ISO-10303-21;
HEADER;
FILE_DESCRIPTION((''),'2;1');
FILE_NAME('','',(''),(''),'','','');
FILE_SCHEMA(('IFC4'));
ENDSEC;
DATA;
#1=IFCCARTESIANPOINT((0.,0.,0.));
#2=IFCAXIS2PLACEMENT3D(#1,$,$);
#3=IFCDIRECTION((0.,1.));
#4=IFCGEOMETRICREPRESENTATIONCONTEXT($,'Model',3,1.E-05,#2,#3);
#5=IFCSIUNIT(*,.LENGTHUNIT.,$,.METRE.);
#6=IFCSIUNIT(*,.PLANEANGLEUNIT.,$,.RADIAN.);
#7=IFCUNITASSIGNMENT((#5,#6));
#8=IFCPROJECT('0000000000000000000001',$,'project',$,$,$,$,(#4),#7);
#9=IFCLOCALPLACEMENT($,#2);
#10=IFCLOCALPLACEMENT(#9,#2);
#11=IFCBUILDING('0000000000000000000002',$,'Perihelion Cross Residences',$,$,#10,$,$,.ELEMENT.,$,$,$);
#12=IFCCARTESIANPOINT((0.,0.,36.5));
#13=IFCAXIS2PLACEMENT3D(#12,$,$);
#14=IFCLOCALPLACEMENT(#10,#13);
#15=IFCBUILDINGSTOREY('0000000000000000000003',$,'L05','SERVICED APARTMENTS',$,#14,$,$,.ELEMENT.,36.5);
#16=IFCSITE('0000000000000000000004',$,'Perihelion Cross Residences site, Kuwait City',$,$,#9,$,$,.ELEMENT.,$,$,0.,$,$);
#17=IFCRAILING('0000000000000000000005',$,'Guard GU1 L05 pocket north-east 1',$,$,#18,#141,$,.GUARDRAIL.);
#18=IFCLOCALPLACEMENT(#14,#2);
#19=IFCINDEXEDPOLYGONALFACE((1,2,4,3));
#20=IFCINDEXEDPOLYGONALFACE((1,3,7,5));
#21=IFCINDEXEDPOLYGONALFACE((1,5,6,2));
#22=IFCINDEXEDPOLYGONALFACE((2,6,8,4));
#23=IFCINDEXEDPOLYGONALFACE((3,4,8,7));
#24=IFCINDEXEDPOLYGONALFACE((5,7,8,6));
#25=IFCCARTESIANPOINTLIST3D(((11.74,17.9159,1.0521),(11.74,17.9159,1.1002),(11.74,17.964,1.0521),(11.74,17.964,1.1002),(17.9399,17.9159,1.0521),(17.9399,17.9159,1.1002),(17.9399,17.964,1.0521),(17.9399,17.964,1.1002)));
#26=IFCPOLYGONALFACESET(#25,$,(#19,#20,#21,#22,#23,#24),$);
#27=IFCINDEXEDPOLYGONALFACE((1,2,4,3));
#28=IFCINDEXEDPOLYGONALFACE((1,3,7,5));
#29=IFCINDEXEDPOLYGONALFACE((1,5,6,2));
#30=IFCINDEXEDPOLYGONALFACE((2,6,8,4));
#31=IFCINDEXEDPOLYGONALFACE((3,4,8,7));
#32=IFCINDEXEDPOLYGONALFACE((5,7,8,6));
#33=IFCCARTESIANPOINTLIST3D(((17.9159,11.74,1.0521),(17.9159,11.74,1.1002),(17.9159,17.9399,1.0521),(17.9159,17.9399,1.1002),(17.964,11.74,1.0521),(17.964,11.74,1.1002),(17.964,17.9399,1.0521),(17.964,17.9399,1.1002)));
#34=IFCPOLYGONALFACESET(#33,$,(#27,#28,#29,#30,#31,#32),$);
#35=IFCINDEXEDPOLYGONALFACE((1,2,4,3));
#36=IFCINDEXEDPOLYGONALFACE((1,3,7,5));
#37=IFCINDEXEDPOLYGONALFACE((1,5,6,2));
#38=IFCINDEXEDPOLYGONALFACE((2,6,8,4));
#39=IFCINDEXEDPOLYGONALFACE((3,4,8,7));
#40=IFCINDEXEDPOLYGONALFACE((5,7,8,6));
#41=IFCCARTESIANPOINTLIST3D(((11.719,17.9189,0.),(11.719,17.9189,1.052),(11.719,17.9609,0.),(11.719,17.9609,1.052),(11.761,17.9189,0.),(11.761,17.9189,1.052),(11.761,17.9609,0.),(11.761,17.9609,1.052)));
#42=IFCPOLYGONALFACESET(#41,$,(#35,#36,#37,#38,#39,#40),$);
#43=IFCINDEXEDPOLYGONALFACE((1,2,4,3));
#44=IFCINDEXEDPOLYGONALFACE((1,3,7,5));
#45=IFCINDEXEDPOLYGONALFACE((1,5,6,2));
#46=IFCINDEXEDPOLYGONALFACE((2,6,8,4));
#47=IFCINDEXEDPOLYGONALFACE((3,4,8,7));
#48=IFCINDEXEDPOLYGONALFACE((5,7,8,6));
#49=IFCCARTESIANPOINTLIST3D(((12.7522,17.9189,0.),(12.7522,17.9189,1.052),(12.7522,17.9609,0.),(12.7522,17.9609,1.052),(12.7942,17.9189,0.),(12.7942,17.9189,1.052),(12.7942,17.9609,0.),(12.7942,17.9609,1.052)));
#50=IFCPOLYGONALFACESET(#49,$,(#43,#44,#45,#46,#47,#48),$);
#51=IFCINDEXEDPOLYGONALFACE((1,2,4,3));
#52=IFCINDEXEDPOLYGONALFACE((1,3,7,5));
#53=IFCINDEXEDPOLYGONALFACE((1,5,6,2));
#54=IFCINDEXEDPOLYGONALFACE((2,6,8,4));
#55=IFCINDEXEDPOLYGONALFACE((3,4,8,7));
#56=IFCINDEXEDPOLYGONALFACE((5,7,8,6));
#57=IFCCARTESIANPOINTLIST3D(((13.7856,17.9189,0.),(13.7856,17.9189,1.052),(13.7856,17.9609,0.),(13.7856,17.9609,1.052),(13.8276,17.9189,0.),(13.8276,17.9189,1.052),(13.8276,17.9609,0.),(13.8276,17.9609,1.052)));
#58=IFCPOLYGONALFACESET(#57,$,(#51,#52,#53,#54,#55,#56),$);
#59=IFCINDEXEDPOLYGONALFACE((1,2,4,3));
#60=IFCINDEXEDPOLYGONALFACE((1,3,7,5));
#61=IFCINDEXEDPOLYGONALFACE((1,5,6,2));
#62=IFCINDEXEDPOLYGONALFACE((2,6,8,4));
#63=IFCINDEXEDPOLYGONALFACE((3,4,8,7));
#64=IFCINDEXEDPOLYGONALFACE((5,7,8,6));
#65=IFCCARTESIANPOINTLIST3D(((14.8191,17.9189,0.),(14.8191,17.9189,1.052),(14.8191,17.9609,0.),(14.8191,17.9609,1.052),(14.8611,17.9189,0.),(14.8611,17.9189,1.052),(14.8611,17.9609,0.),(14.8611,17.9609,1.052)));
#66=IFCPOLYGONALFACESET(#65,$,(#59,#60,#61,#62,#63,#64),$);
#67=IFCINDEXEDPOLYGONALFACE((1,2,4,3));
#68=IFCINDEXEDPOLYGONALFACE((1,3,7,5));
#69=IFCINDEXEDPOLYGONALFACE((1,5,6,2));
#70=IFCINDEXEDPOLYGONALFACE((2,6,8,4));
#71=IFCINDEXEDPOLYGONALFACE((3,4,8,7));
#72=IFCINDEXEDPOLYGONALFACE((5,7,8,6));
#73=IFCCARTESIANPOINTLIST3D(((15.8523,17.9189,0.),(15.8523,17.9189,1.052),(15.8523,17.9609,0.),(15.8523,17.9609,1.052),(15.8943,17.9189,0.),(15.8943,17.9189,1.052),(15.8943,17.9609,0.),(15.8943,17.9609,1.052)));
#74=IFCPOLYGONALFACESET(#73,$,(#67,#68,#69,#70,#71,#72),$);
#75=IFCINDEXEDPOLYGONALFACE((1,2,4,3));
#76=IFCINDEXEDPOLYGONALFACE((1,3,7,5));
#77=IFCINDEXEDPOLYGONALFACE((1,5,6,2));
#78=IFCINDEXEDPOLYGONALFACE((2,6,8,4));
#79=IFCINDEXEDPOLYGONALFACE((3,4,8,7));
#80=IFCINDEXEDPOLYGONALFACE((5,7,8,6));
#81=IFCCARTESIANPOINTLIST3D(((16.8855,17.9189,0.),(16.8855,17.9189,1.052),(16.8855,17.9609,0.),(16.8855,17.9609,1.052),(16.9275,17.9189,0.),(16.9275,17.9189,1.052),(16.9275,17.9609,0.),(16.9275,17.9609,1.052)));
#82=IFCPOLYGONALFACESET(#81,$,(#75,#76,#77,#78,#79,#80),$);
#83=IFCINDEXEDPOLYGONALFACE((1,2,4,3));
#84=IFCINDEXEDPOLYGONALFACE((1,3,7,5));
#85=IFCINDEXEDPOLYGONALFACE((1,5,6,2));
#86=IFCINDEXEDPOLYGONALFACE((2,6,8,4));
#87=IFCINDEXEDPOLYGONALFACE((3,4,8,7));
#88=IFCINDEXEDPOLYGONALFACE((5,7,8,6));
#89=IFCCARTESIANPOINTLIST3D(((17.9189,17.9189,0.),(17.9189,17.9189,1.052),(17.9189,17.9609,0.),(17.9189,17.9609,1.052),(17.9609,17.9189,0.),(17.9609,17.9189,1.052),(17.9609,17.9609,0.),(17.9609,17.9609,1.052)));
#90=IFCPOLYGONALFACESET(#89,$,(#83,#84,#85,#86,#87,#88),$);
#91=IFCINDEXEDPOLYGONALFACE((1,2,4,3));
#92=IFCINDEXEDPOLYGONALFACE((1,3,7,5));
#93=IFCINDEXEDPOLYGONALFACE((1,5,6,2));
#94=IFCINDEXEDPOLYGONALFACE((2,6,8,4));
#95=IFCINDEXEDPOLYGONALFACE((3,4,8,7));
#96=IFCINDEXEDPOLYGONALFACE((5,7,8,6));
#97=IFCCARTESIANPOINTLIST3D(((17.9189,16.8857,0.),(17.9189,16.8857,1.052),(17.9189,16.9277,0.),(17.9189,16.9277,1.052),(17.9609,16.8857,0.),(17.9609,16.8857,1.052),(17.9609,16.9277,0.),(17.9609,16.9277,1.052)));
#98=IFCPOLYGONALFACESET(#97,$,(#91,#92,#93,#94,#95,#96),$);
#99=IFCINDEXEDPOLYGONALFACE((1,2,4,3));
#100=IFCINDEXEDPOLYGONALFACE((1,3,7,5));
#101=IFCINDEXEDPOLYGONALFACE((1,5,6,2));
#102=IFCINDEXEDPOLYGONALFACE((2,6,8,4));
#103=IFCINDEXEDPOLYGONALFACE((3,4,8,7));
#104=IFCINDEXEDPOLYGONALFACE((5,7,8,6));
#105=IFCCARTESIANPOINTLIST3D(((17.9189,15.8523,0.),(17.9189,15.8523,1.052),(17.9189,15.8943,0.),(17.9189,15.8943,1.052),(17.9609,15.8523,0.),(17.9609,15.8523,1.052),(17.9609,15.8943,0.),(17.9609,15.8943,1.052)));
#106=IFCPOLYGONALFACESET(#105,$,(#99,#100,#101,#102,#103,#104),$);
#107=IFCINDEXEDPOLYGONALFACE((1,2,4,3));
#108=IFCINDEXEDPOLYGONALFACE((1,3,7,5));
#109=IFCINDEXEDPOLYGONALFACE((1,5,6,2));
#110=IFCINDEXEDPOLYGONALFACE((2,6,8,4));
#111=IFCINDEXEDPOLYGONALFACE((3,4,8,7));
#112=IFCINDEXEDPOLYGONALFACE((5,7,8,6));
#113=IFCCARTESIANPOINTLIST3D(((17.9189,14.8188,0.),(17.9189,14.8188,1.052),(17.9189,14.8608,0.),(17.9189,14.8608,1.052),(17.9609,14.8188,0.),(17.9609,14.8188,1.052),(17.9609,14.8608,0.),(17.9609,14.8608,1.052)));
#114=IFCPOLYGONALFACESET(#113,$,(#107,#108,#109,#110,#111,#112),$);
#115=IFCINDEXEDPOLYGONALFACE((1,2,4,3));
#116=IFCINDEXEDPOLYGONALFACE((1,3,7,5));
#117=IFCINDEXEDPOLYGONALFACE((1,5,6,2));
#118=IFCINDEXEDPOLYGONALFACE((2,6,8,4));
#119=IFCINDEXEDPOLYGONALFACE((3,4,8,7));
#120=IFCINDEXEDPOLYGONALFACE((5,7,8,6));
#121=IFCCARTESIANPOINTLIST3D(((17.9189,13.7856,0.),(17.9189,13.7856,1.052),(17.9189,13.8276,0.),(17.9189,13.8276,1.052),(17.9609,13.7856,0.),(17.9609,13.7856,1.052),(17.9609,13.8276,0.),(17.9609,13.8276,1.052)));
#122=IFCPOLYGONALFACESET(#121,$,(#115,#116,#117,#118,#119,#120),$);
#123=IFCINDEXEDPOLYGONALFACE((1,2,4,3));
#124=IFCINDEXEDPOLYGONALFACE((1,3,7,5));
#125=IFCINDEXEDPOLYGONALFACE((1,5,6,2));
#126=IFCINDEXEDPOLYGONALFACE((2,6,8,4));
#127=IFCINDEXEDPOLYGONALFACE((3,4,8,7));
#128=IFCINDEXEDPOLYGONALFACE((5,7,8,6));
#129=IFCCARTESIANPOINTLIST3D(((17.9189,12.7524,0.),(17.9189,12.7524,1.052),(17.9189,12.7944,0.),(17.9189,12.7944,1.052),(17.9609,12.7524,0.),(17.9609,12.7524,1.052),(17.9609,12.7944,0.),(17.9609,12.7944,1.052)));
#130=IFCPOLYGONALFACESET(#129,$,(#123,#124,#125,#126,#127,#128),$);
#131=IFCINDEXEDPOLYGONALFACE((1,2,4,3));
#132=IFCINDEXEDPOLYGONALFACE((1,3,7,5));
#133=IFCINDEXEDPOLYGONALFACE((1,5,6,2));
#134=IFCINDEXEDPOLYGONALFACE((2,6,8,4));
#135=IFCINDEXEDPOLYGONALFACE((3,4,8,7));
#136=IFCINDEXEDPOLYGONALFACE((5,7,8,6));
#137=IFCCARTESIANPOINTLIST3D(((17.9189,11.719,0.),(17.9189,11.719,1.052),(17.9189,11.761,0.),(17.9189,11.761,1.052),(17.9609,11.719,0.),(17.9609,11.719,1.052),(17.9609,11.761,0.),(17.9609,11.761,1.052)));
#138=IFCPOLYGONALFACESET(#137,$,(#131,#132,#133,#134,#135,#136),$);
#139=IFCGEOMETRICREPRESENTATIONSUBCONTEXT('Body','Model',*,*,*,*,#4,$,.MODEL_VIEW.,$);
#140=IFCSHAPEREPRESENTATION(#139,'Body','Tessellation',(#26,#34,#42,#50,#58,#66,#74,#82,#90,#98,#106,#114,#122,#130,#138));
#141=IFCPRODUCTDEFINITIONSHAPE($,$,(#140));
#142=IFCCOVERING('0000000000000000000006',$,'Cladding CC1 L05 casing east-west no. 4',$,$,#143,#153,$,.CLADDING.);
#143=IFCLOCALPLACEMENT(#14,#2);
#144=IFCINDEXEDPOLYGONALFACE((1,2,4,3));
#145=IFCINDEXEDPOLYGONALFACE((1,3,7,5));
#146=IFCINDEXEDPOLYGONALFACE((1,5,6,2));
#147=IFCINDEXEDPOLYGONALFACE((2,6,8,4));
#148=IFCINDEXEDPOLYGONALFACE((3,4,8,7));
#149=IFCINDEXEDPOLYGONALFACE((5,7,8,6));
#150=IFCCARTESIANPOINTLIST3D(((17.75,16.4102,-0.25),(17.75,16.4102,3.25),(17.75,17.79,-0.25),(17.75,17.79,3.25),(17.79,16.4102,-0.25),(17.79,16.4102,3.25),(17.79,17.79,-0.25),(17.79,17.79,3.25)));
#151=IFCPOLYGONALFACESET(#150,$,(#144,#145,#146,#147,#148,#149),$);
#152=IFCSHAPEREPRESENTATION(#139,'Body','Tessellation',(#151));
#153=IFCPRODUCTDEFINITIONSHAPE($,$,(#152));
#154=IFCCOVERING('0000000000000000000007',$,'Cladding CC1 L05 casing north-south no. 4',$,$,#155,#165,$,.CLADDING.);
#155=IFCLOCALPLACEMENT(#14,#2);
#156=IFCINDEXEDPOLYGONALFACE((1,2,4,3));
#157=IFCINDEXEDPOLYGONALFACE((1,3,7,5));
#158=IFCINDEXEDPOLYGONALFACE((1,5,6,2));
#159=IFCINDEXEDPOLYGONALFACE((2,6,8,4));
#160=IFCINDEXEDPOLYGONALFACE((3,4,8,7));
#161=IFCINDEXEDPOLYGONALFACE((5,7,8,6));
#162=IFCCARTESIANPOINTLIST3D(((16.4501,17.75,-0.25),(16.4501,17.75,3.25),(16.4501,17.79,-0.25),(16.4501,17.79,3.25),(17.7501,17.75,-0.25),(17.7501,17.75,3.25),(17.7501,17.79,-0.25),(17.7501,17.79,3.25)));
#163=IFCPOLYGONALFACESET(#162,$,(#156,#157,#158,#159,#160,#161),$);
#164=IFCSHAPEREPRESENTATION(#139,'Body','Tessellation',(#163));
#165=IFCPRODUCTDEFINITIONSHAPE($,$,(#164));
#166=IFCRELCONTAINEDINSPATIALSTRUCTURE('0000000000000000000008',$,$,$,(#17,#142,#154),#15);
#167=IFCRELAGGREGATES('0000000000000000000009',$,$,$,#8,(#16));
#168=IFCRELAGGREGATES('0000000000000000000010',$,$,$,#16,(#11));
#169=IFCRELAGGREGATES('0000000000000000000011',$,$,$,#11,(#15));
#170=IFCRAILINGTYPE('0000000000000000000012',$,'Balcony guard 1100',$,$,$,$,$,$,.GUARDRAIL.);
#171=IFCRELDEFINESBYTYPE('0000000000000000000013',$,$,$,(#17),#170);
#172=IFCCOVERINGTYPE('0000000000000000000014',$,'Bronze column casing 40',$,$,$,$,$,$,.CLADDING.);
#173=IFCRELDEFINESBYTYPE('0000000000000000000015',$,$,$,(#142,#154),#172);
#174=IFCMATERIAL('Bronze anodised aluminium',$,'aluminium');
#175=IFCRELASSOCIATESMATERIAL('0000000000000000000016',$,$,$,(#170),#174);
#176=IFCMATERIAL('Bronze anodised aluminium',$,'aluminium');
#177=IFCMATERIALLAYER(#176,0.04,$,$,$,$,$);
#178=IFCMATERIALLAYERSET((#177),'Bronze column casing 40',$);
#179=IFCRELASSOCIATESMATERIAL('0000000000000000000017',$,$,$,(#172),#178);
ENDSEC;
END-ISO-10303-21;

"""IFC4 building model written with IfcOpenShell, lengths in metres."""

from ifc_helpers import new_model, si_unit, direction, frame, origin, origin_2d, place, context, subcontext, project, spatial, rectangle, extrude, material, layer, layer_set, type_object, element, save


model = new_model("IFC4")

# Units and contexts
model_context = context("Model", 3, precision=1e-05, world=origin(), true_north=direction((0.0, 1.0)))
body_context = subcontext(model_context, "Body", "Model", "MODEL_VIEW")
ifc_project = project(units=[si_unit("LENGTHUNIT", "METRE"), si_unit("PLANEANGLEUNIT", "RADIAN")], contexts=[model_context])

# Site, building, storey
site_placement = place(None, origin())
site = spatial("IfcSite", under=ifc_project, at=site_placement, Name="Perihelion Cross Residences site, Kuwait City", CompositionType="ELEMENT", RefElevation=0.0)
building_placement = place(site_placement, origin())
building = spatial("IfcBuilding", under=site, at=building_placement, Name="Perihelion Cross Residences", CompositionType="ELEMENT")
storey_placement = place(building_placement, frame((0.0, 0.0, 36.5)))
storey = spatial("IfcBuildingStorey", under=building, at=storey_placement, Name="L05", Description="SERVICED APARTMENTS", CompositionType="ELEMENT", Elevation=36.5)

# Railing
ifc_material_1 = material(Name="Bronze anodised aluminium", Category="aluminium")
railing_type = type_object("IfcRailingType", Name="Balcony guard 1100", PredefinedType="GUARDRAIL", material=ifc_material_1)
railing_1_placement = place(storey_placement, frame((11.74, 17.9399, 0.0)))
element("IfcRailing", 1, at=railing_1_placement, inside=storey, type_object=railing_type, Name="Guard GU1 L05 pocket north-east 1", PredefinedType="GUARDRAIL", context=body_context, shape_type="SweptSolid", body=[
    extrude(rectangle(XDim=0.0481, YDim=0.0481, at=origin_2d()), frame((0.0, 0.0, 1.0762), z_axis=(1.0, 0.0, 0.0), x_axis=(0.0, 1.0, 0.0)), (0.0, 0.0, 1.0), 6.2),
    extrude(rectangle(XDim=0.0481, YDim=0.0481, at=origin_2d()), frame((6.2, 0.0, 1.0762), z_axis=(0.0, -1.0, 0.0), x_axis=(1.0, 0.0, 0.0)), (0.0, 0.0, 1.0), 6.2),
    extrude(rectangle(XDim=0.042, YDim=0.042, at=origin_2d()), origin(), (0.0, 0.0, 1.0), 1.052),
    extrude(rectangle(XDim=0.042, YDim=0.042, at=origin_2d()), frame((1.0332, 0.0, 0.0)), (0.0, 0.0, 1.0), 1.052),
    extrude(rectangle(XDim=0.042, YDim=0.042, at=origin_2d()), frame((2.0667, 0.0, 0.0)), (0.0, 0.0, 1.0), 1.052),
    extrude(rectangle(XDim=0.042, YDim=0.042, at=origin_2d()), frame((3.1001, 0.0, 0.0)), (0.0, 0.0, 1.0), 1.052),
    extrude(rectangle(XDim=0.042, YDim=0.042, at=origin_2d()), frame((4.1333, 0.0, 0.0)), (0.0, 0.0, 1.0), 1.052),
    extrude(rectangle(XDim=0.042, YDim=0.042, at=origin_2d()), frame((5.1665, 0.0, 0.0)), (0.0, 0.0, 1.0), 1.052),
    extrude(rectangle(XDim=0.042, YDim=0.042, at=origin_2d()), frame((6.2, 0.0, 0.0)), (0.0, 0.0, 1.0), 1.052),
    extrude(rectangle(XDim=0.042, YDim=0.042, at=origin_2d()), frame((6.2, -1.0332, 0.0)), (0.0, 0.0, 1.0), 1.052),
    extrude(rectangle(XDim=0.042, YDim=0.042, at=origin_2d()), frame((6.2, -2.0667, 0.0)), (0.0, 0.0, 1.0), 1.052),
    extrude(rectangle(XDim=0.042, YDim=0.042, at=origin_2d()), frame((6.2, -3.1001, 0.0)), (0.0, 0.0, 1.0), 1.052),
    extrude(rectangle(XDim=0.042, YDim=0.042, at=origin_2d()), frame((6.2, -4.1333, 0.0)), (0.0, 0.0, 1.0), 1.052),
    extrude(rectangle(XDim=0.042, YDim=0.042, at=origin_2d()), frame((6.2, -5.1665, 0.0)), (0.0, 0.0, 1.0), 1.052),
    extrude(rectangle(XDim=0.042, YDim=0.042, at=origin_2d()), frame((6.2, -6.2, 0.0)), (0.0, 0.0, 1.0), 1.052),
])

# Coverings
ifc_material_2 = material(Name="Bronze anodised aluminium", Category="aluminium")
ifc_layer_1 = layer(ifc_material_2, 0.04)
ifc_layer_set_1 = layer_set([ifc_layer_1], Name="Bronze column casing 40")
covering_type = type_object("IfcCoveringType", Name="Bronze column casing 40", PredefinedType="CLADDING", material=ifc_layer_set_1)
covering_1_placement = place(storey_placement, frame((17.77, 17.1001, -0.25), z_axis=(0.0, 0.0, 1.0), x_axis=(1.0, 0.0, 0.0)))
element("IfcCovering", 2, at=covering_1_placement, inside=storey, type_object=covering_type, Name="Cladding CC1 L05 casing east-west no. 4", PredefinedType="CLADDING", context=body_context, shape_type="SweptSolid", body=[
    extrude(rectangle(XDim=0.04, YDim=1.3799, at=origin_2d()), origin(), (0.0, 0.0, 1.0), 3.5),
])
covering_2_placement = place(storey_placement, frame((17.1001, 17.77, -0.25), z_axis=(0.0, 0.0, 1.0), x_axis=(1.0, 0.0, 0.0)))
element("IfcCovering", 3, at=covering_2_placement, inside=storey, type_object=covering_type, Name="Cladding CC1 L05 casing north-south no. 4", PredefinedType="CLADDING", context=body_context, shape_type="SweptSolid", body=[
    extrude(rectangle(XDim=1.3, YDim=0.04, at=origin_2d()), origin(), (0.0, 0.0, 1.0), 3.5),
])

save(model, "model.ifc")
